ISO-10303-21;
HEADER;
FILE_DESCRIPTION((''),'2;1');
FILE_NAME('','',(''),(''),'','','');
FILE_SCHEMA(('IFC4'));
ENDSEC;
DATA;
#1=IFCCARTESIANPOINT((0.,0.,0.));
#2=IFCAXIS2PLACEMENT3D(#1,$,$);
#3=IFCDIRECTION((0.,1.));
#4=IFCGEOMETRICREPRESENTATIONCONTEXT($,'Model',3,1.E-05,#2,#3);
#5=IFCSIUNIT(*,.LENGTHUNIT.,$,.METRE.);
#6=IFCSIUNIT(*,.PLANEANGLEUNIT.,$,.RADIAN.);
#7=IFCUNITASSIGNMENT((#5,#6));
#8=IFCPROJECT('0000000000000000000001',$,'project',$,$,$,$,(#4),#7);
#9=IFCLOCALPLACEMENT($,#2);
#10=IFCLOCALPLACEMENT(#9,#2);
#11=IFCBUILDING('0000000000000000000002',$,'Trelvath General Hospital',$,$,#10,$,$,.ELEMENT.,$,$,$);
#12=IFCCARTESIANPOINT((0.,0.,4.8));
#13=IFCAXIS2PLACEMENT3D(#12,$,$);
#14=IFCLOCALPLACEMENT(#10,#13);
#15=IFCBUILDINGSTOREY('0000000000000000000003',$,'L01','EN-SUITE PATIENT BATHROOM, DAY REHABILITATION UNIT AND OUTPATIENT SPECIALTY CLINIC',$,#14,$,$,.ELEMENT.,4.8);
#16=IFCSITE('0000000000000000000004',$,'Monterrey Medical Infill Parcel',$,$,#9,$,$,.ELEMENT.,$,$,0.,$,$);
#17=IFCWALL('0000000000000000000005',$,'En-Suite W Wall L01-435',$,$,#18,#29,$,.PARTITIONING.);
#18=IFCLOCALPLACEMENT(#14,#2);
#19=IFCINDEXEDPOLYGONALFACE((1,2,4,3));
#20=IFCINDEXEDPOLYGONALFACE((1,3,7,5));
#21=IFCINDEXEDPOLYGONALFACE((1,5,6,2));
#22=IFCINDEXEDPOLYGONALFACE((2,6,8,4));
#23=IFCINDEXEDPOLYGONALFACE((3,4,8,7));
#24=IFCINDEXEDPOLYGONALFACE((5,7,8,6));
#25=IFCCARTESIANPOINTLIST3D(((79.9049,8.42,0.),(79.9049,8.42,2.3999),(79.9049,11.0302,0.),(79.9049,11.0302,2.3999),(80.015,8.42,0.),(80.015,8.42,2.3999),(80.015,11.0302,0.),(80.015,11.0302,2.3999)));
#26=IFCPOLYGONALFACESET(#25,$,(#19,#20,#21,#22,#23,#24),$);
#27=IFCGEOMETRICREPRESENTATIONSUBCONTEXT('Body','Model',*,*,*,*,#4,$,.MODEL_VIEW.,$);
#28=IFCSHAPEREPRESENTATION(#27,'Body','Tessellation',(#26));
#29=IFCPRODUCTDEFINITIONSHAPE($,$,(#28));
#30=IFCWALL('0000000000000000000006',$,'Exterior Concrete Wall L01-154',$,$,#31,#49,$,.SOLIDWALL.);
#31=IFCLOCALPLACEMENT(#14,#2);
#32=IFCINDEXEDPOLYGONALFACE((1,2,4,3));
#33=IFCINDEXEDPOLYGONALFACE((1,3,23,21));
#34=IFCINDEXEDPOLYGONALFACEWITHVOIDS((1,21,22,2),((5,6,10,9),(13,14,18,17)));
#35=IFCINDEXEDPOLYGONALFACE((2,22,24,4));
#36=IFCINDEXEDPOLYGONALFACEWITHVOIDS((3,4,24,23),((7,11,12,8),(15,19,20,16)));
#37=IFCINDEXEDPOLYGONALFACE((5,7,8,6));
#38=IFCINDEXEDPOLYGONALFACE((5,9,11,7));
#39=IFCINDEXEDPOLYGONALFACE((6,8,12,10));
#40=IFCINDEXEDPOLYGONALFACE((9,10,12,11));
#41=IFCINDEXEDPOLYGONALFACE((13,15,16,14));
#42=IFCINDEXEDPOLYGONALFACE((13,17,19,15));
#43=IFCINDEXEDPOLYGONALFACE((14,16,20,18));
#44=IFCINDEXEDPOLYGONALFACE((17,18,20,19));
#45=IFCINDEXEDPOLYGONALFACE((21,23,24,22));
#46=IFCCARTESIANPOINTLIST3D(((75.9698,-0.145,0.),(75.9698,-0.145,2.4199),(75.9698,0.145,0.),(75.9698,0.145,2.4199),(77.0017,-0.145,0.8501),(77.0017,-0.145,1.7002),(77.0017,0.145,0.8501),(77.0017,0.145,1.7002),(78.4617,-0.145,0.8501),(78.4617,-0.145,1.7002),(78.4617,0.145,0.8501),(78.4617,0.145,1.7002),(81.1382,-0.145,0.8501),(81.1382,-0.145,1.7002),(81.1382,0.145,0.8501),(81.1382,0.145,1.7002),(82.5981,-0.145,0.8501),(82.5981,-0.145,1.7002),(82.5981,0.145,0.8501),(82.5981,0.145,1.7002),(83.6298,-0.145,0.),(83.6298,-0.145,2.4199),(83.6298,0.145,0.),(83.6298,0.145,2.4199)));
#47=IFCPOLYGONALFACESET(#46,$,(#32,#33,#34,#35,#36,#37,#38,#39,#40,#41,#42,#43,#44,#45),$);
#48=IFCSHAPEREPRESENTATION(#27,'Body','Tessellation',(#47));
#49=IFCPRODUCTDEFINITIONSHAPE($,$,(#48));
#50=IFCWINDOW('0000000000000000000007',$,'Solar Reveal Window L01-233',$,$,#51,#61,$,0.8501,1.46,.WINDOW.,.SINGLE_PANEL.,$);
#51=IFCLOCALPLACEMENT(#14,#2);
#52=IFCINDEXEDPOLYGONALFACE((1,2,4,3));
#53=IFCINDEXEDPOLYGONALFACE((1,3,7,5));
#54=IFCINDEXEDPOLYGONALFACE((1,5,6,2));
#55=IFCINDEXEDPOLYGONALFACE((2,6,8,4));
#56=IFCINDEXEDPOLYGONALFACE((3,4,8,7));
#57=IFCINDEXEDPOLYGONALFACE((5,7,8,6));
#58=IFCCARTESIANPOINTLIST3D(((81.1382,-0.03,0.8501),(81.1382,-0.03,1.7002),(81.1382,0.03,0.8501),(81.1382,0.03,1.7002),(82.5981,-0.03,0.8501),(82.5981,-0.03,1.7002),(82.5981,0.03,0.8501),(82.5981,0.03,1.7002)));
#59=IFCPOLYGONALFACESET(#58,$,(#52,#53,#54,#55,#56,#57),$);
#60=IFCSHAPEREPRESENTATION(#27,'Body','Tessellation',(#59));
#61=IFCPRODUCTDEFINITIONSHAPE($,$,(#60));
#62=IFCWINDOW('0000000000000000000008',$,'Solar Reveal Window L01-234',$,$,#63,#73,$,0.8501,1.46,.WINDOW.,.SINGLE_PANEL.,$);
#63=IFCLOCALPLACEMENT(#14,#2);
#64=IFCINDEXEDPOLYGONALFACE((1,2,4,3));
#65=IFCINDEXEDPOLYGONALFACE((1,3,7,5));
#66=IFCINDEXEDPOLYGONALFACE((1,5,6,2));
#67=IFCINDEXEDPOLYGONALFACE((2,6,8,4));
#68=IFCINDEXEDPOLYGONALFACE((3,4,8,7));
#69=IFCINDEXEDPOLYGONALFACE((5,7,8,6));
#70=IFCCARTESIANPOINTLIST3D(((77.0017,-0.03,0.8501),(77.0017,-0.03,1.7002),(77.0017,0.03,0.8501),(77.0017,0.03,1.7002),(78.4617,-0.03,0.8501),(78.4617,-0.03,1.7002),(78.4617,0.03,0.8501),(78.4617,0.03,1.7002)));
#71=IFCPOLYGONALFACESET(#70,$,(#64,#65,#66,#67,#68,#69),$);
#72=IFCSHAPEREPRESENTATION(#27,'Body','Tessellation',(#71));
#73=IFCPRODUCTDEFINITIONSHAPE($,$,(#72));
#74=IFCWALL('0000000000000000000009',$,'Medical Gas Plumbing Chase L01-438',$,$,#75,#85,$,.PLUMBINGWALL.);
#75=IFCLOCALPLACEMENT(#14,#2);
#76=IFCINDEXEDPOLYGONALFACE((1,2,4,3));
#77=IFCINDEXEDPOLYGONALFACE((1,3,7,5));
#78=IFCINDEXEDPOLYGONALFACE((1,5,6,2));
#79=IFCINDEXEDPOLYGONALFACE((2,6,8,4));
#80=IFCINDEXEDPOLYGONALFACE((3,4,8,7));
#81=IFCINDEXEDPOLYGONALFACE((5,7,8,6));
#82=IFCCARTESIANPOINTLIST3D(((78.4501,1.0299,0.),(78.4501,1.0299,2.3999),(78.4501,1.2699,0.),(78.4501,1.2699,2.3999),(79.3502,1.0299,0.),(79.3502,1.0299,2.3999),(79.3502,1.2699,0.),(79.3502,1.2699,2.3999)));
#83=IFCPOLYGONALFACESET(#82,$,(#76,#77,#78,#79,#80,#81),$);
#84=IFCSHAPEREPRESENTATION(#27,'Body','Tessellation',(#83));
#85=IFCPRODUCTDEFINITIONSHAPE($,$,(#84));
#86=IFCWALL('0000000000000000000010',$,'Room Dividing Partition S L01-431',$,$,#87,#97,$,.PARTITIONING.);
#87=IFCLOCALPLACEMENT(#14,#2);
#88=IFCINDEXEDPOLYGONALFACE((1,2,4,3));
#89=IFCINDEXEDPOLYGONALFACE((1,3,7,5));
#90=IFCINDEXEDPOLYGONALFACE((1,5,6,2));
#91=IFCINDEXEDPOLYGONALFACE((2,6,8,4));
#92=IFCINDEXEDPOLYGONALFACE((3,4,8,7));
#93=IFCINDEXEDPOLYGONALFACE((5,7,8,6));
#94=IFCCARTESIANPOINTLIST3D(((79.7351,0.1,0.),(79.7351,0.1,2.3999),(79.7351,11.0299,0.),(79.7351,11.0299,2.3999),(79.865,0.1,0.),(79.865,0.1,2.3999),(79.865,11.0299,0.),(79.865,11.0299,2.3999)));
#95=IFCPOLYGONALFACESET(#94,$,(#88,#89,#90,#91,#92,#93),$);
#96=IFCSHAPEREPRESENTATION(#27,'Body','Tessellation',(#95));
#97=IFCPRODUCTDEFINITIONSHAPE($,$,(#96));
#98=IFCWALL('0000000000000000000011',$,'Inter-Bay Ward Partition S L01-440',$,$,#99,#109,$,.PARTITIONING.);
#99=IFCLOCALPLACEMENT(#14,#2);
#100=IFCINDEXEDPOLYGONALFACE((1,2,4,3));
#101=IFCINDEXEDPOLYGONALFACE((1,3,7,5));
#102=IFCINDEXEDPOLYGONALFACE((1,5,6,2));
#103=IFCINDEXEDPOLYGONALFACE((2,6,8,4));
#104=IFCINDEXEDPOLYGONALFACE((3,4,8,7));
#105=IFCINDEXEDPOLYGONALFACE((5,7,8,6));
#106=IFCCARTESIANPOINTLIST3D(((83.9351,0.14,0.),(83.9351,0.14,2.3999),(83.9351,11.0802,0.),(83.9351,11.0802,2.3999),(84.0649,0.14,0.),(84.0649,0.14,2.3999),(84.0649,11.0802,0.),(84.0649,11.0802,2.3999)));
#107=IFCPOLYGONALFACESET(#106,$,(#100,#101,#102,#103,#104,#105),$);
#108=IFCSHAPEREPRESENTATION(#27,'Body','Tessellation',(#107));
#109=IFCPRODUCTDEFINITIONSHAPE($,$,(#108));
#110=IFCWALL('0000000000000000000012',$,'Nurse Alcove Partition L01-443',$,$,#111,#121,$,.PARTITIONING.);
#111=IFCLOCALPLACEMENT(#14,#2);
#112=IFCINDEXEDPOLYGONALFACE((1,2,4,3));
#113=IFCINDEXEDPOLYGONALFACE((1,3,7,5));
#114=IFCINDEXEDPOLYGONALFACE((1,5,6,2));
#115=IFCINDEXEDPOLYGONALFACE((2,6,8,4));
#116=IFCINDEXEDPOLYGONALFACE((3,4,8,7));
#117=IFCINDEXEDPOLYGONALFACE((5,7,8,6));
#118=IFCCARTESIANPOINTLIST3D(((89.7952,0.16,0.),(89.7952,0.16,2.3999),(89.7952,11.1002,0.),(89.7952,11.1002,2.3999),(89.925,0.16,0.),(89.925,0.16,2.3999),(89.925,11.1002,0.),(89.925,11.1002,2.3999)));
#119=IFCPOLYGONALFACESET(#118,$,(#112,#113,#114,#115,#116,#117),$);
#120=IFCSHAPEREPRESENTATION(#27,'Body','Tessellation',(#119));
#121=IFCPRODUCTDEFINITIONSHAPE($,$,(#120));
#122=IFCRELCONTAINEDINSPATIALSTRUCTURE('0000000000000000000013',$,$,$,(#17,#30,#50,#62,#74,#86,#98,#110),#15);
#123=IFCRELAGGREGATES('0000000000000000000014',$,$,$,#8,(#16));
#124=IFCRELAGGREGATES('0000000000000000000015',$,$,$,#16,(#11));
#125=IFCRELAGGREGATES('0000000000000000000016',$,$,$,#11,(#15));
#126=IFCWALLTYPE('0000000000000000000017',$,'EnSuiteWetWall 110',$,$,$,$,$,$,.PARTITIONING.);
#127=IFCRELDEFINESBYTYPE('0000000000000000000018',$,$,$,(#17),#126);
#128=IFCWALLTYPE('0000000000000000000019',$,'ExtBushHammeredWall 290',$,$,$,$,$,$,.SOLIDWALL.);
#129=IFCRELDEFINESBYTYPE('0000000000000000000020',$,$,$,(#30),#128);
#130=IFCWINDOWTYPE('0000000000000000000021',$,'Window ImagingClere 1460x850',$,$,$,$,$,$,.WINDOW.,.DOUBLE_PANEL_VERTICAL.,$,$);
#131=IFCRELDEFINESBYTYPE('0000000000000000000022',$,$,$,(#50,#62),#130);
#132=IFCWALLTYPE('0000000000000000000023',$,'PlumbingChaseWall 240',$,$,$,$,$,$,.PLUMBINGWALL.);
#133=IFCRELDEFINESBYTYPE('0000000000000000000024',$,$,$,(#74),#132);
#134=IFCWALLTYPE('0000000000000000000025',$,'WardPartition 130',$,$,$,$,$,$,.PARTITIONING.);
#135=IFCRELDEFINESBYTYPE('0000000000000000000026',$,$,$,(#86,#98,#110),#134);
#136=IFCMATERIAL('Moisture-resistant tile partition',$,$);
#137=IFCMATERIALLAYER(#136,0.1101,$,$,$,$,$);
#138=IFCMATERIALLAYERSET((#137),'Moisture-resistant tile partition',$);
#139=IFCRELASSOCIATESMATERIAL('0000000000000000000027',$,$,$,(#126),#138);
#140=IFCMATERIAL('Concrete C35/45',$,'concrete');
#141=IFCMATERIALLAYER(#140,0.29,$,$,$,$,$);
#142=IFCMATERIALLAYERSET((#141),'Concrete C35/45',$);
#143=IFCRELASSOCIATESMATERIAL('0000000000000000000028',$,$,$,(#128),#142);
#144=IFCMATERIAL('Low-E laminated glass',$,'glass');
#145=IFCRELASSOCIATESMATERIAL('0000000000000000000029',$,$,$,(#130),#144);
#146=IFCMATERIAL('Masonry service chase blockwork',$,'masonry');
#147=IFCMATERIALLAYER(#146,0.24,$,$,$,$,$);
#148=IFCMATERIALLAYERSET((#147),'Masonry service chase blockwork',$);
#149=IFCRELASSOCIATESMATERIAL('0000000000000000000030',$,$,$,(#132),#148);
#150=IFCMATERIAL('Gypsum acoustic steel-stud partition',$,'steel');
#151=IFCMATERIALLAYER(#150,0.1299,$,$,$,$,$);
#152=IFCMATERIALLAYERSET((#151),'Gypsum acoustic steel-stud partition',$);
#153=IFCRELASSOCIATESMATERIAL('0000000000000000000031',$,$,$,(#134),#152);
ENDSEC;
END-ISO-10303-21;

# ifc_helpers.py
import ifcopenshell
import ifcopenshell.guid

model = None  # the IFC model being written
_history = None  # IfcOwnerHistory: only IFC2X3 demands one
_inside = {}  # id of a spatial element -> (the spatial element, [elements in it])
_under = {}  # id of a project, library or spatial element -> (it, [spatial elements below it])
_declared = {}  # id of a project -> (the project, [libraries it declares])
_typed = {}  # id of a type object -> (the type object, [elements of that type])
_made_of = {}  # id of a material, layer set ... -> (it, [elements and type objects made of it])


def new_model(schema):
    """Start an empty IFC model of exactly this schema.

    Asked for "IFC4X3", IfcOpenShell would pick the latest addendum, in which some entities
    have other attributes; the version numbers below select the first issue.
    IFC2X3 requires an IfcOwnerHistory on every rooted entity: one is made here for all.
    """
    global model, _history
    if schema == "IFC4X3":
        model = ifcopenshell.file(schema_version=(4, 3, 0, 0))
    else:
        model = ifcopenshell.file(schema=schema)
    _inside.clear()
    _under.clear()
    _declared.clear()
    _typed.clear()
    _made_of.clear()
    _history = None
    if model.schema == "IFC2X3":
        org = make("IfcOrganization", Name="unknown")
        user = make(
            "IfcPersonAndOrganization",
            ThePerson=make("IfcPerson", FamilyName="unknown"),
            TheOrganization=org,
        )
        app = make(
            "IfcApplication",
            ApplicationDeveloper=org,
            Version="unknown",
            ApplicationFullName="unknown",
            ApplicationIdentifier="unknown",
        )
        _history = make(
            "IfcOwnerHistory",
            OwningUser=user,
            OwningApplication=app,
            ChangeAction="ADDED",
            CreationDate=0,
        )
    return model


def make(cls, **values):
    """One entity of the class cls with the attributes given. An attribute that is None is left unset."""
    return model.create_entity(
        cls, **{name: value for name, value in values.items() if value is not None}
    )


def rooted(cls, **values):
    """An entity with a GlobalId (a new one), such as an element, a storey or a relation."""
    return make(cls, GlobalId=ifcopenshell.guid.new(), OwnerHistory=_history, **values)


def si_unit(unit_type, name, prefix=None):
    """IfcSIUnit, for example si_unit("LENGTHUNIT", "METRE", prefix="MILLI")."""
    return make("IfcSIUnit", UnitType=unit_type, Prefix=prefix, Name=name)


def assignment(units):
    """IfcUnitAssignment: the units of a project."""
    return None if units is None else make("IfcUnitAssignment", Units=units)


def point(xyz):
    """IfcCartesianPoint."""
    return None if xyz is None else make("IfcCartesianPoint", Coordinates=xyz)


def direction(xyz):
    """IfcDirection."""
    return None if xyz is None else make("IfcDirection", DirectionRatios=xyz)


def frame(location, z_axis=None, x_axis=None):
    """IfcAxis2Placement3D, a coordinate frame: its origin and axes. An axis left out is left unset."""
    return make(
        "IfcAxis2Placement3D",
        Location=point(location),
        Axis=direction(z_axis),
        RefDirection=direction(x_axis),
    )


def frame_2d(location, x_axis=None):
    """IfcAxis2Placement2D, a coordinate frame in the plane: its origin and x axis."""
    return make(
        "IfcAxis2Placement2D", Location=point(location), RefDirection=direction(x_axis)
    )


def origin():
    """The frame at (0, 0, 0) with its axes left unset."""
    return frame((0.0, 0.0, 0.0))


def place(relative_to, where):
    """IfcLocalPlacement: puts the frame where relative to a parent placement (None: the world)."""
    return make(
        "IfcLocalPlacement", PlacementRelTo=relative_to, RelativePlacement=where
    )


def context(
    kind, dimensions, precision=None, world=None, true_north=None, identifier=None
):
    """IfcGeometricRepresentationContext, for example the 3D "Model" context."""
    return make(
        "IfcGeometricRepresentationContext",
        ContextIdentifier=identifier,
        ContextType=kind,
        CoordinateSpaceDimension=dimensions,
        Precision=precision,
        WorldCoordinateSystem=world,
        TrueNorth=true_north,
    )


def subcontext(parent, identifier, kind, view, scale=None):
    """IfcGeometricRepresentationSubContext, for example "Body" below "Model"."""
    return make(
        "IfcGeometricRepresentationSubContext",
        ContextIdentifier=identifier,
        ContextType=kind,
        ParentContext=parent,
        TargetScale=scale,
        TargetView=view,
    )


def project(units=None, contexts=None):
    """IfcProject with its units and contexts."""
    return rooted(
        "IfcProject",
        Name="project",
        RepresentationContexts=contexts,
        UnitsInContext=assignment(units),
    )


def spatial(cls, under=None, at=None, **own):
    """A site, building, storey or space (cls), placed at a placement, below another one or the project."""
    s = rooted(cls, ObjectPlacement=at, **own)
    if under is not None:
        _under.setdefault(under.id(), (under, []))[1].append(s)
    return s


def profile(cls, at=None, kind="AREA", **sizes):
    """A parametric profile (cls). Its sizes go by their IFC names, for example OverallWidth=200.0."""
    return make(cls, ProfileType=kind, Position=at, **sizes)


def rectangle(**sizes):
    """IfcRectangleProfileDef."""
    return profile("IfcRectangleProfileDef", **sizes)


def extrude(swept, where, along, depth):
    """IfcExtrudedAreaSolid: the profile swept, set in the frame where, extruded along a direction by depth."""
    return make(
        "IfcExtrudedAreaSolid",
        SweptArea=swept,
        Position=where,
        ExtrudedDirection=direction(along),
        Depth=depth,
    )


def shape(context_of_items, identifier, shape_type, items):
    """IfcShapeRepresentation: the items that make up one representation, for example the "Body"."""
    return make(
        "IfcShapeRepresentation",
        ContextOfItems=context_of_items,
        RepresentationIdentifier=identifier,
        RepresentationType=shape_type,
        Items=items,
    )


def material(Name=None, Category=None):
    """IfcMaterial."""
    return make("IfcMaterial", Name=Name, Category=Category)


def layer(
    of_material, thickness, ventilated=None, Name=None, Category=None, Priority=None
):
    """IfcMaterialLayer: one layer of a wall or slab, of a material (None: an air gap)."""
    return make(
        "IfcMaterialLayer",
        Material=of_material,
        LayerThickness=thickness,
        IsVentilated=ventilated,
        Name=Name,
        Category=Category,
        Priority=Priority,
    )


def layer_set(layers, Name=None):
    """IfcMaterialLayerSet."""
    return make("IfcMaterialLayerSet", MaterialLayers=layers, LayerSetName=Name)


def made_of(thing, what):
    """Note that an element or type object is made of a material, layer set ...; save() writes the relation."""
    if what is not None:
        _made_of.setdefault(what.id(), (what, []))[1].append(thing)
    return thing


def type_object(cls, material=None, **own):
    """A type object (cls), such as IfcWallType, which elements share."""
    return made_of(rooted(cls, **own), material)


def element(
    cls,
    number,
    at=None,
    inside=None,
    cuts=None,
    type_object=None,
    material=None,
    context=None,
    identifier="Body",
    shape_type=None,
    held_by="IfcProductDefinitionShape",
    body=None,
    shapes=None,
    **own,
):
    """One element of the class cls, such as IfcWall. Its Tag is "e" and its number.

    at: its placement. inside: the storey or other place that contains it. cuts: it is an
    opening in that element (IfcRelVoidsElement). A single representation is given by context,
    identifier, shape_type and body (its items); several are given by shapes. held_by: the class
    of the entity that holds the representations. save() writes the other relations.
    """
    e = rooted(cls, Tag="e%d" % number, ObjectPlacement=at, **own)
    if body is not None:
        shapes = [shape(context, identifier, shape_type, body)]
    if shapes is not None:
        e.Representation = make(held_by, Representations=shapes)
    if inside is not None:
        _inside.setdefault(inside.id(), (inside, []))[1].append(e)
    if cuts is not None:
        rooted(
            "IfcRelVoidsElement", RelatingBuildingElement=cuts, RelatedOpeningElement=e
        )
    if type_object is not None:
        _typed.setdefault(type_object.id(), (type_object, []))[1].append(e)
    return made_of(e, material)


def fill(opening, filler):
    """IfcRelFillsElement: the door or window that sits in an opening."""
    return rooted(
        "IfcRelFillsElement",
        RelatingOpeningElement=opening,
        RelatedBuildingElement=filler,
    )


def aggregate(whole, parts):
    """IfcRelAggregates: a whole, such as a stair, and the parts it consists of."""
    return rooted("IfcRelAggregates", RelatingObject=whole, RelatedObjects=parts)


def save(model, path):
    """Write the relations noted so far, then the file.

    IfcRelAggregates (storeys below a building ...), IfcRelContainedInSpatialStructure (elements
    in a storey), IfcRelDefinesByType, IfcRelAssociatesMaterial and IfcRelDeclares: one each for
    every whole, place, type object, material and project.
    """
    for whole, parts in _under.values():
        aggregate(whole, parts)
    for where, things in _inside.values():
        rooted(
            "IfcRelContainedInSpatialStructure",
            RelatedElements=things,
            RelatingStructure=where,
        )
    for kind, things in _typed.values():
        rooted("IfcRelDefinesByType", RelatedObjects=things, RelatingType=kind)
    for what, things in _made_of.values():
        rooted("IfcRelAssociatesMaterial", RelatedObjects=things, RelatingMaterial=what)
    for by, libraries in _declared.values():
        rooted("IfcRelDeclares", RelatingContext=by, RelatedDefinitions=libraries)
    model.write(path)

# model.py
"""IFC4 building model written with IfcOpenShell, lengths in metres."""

from ifc_helpers import new_model, si_unit, direction, frame, frame_2d, origin, place, context, subcontext, project, spatial, rectangle, extrude, material, layer, layer_set, type_object, element, fill, save


model = new_model("IFC4")

# Units and contexts
model_context = context("Model", 3, precision=1e-05, world=origin(), true_north=direction((0.0, 1.0)))
body_context = subcontext(model_context, "Body", "Model", "MODEL_VIEW")
ifc_project = project(units=[si_unit("LENGTHUNIT", "METRE"), si_unit("PLANEANGLEUNIT", "RADIAN")], contexts=[model_context])

# Site, building, storey
site_placement = place(None, origin())
site = spatial("IfcSite", under=ifc_project, at=site_placement, Name="Monterrey Medical Infill Parcel", CompositionType="ELEMENT", RefElevation=0.0)
building_placement = place(site_placement, origin())
building = spatial("IfcBuilding", under=site, at=building_placement, Name="Trelvath General Hospital", CompositionType="ELEMENT")
storey_placement = place(building_placement, frame((0.0, 0.0, 4.8)))
storey = spatial("IfcBuildingStorey", under=building, at=storey_placement, Name="L01", Description="EN-SUITE PATIENT BATHROOM, DAY REHABILITATION UNIT AND OUTPATIENT SPECIALTY CLINIC", CompositionType="ELEMENT", Elevation=4.8)

# Shared definitions
ifc_material_1 = material(Name="Moisture-resistant tile partition")
ifc_layer_1 = layer(ifc_material_1, 0.1101)
ifc_layer_set_1 = layer_set([ifc_layer_1], Name="Moisture-resistant tile partition")
wall_type_1 = type_object("IfcWallType", Name="EnSuiteWetWall 110", PredefinedType="PARTITIONING", material=ifc_layer_set_1)

# Wall
wall_1_placement = place(storey_placement, frame((79.96, 8.4199, 0.0), z_axis=(0.0, 0.0, 1.0), x_axis=(0.0, 1.0, 0.0)))
element("IfcWall", 1, at=wall_1_placement, inside=storey, type_object=wall_type_1, Name="En-Suite W Wall L01-435", PredefinedType="PARTITIONING", context=body_context, shape_type="SweptSolid", body=[
    extrude(rectangle(XDim=2.6101, YDim=0.1101, at=frame_2d((1.3052, 0.0))), origin(), (0.0, 0.0, 1.0), 2.3999),
])

# Wall, openings, windows
ifc_material_2 = material(Name="Concrete C35/45", Category="concrete")
ifc_layer_2 = layer(ifc_material_2, 0.29)
ifc_layer_set_2 = layer_set([ifc_layer_2], Name="Concrete C35/45")
wall_type_2 = type_object("IfcWallType", Name="ExtBushHammeredWall 290", PredefinedType="SOLIDWALL", material=ifc_layer_set_2)
wall_2_placement = place(storey_placement, frame((83.6299, 0.0, 0.0), z_axis=(0.0, 0.0, 1.0), x_axis=(-1.0, 0.0, 0.0)))
wall_2 = element("IfcWall", 2, at=wall_2_placement, inside=storey, type_object=wall_type_2, Name="Exterior Concrete Wall L01-154", PredefinedType="SOLIDWALL", context=body_context, shape_type="SweptSolid", body=[
    extrude(rectangle(XDim=7.6599, YDim=0.29, at=frame_2d((3.8301, 0.0))), origin(), (0.0, 0.0, 1.0), 2.4199),
])
opening_1_placement = place(wall_2_placement, frame((1.0317, 0.0, 0.8501)))
opening_1 = element("IfcOpeningElement", 3, at=opening_1_placement, cuts=wall_2, PredefinedType="OPENING", context=body_context, shape_type="SweptSolid", body=[
    extrude(rectangle(XDim=1.46, YDim=0.8501, at=frame_2d((0.73, 0.425))), frame((0.0, 0.155, 0.0), z_axis=(0.0, -1.0, 0.0), x_axis=(1.0, 0.0, 0.0)), (0.0, 0.0, 1.0), 0.3101),
])
opening_2_placement = place(wall_2_placement, frame((5.1682, 0.0, 0.8501)))
opening_2 = element("IfcOpeningElement", 4, at=opening_2_placement, cuts=wall_2, PredefinedType="OPENING", context=body_context, shape_type="SweptSolid", body=[
    extrude(rectangle(XDim=1.46, YDim=0.8501, at=frame_2d((0.73, 0.425))), frame((0.0, 0.155, 0.0), z_axis=(0.0, -1.0, 0.0), x_axis=(1.0, 0.0, 0.0)), (0.0, 0.0, 1.0), 0.3101),
])
ifc_material_3 = material(Name="Low-E laminated glass", Category="glass")
window_type = type_object("IfcWindowType", Name="Window ImagingClere 1460x850", PartitioningType="DOUBLE_PANEL_VERTICAL", PredefinedType="WINDOW", material=ifc_material_3)
window_1_placement = place(opening_1_placement, origin())
window_1 = element("IfcWindow", 5, at=window_1_placement, inside=storey, type_object=window_type, Name="Solar Reveal Window L01-233", OverallHeight=0.8501, OverallWidth=1.46, PartitioningType="SINGLE_PANEL", PredefinedType="WINDOW", context=body_context, shape_type="SweptSolid", body=[
    extrude(rectangle(XDim=1.46, YDim=0.8501, at=frame_2d((0.73, 0.425))), frame((0.0, 0.03, 0.0), z_axis=(0.0, -1.0, 0.0), x_axis=(1.0, 0.0, 0.0)), (0.0, 0.0, 1.0), 0.0601),
])
fill(opening_1, window_1)
window_2_placement = place(opening_2_placement, origin())
window_2 = element("IfcWindow", 6, at=window_2_placement, inside=storey, type_object=window_type, Name="Solar Reveal Window L01-234", OverallHeight=0.8501, OverallWidth=1.46, PartitioningType="SINGLE_PANEL", PredefinedType="WINDOW", context=body_context, shape_type="SweptSolid", body=[
    extrude(rectangle(XDim=1.46, YDim=0.8501, at=frame_2d((0.73, 0.425))), frame((0.0, 0.03, 0.0), z_axis=(0.0, -1.0, 0.0), x_axis=(1.0, 0.0, 0.0)), (0.0, 0.0, 1.0), 0.0601),
])
fill(opening_2, window_2)

# Walls
ifc_material_4 = material(Name="Masonry service chase blockwork", Category="masonry")
ifc_layer_3 = layer(ifc_material_4, 0.24)
ifc_layer_set_3 = layer_set([ifc_layer_3], Name="Masonry service chase blockwork")
wall_type_3 = type_object("IfcWallType", Name="PlumbingChaseWall 240", PredefinedType="PLUMBINGWALL", material=ifc_layer_set_3)
wall_3_placement = place(storey_placement, frame((78.45, 1.1499, 0.0), z_axis=(0.0, 0.0, 1.0), x_axis=(1.0, 0.0, 0.0)))
element("IfcWall", 7, at=wall_3_placement, inside=storey, type_object=wall_type_3, Name="Medical Gas Plumbing Chase L01-438", PredefinedType="PLUMBINGWALL", context=body_context, shape_type="SweptSolid", body=[
    extrude(rectangle(XDim=0.9001, YDim=0.24, at=frame_2d((0.4502, 0.0))), origin(), (0.0, 0.0, 1.0), 2.3999),
])
ifc_material_5 = material(Name="Gypsum acoustic steel-stud partition", Category="steel")
ifc_layer_4 = layer(ifc_material_5, 0.1299)
ifc_layer_set_4 = layer_set([ifc_layer_4], Name="Gypsum acoustic steel-stud partition")
wall_type_4 = type_object("IfcWallType", Name="WardPartition 130", PredefinedType="PARTITIONING", material=ifc_layer_set_4)
wall_4_placement = place(storey_placement, frame((79.8, 0.1001, 0.0), z_axis=(0.0, 0.0, 1.0), x_axis=(0.0, 1.0, 0.0)))
element("IfcWall", 8, at=wall_4_placement, inside=storey, type_object=wall_type_4, Name="Room Dividing Partition S L01-431", PredefinedType="PARTITIONING", context=body_context, shape_type="SweptSolid", body=[
    extrude(rectangle(XDim=10.9299, YDim=0.1299, at=frame_2d((5.4648, 0.0))), origin(), (0.0, 0.0, 1.0), 2.3999),
])
for number, where, z_axis, x_axis, name in (
    (9, (84.0, 0.1399, 0.0), (0.0, 0.0, 1.0), (0.0, 1.0, 0.0), "Inter-Bay Ward Partition S L01-440"),
    (10, (89.8601, 0.1599, 0.0), (0.0, 0.0, 1.0), (0.0, 1.0, 0.0), "Nurse Alcove Partition L01-443"),
):
    element("IfcWall", number, at=place(storey_placement, frame(where, z_axis=z_axis, x_axis=x_axis)), inside=storey, type_object=wall_type_4, Name=name, PredefinedType="PARTITIONING", context=body_context, shape_type="SweptSolid", body=[
        extrude(rectangle(XDim=10.9402, YDim=0.1299, at=frame_2d((5.4702, 0.0))), origin(), (0.0, 0.0, 1.0), 2.3999),
    ])

save(model, "model.ifc")
